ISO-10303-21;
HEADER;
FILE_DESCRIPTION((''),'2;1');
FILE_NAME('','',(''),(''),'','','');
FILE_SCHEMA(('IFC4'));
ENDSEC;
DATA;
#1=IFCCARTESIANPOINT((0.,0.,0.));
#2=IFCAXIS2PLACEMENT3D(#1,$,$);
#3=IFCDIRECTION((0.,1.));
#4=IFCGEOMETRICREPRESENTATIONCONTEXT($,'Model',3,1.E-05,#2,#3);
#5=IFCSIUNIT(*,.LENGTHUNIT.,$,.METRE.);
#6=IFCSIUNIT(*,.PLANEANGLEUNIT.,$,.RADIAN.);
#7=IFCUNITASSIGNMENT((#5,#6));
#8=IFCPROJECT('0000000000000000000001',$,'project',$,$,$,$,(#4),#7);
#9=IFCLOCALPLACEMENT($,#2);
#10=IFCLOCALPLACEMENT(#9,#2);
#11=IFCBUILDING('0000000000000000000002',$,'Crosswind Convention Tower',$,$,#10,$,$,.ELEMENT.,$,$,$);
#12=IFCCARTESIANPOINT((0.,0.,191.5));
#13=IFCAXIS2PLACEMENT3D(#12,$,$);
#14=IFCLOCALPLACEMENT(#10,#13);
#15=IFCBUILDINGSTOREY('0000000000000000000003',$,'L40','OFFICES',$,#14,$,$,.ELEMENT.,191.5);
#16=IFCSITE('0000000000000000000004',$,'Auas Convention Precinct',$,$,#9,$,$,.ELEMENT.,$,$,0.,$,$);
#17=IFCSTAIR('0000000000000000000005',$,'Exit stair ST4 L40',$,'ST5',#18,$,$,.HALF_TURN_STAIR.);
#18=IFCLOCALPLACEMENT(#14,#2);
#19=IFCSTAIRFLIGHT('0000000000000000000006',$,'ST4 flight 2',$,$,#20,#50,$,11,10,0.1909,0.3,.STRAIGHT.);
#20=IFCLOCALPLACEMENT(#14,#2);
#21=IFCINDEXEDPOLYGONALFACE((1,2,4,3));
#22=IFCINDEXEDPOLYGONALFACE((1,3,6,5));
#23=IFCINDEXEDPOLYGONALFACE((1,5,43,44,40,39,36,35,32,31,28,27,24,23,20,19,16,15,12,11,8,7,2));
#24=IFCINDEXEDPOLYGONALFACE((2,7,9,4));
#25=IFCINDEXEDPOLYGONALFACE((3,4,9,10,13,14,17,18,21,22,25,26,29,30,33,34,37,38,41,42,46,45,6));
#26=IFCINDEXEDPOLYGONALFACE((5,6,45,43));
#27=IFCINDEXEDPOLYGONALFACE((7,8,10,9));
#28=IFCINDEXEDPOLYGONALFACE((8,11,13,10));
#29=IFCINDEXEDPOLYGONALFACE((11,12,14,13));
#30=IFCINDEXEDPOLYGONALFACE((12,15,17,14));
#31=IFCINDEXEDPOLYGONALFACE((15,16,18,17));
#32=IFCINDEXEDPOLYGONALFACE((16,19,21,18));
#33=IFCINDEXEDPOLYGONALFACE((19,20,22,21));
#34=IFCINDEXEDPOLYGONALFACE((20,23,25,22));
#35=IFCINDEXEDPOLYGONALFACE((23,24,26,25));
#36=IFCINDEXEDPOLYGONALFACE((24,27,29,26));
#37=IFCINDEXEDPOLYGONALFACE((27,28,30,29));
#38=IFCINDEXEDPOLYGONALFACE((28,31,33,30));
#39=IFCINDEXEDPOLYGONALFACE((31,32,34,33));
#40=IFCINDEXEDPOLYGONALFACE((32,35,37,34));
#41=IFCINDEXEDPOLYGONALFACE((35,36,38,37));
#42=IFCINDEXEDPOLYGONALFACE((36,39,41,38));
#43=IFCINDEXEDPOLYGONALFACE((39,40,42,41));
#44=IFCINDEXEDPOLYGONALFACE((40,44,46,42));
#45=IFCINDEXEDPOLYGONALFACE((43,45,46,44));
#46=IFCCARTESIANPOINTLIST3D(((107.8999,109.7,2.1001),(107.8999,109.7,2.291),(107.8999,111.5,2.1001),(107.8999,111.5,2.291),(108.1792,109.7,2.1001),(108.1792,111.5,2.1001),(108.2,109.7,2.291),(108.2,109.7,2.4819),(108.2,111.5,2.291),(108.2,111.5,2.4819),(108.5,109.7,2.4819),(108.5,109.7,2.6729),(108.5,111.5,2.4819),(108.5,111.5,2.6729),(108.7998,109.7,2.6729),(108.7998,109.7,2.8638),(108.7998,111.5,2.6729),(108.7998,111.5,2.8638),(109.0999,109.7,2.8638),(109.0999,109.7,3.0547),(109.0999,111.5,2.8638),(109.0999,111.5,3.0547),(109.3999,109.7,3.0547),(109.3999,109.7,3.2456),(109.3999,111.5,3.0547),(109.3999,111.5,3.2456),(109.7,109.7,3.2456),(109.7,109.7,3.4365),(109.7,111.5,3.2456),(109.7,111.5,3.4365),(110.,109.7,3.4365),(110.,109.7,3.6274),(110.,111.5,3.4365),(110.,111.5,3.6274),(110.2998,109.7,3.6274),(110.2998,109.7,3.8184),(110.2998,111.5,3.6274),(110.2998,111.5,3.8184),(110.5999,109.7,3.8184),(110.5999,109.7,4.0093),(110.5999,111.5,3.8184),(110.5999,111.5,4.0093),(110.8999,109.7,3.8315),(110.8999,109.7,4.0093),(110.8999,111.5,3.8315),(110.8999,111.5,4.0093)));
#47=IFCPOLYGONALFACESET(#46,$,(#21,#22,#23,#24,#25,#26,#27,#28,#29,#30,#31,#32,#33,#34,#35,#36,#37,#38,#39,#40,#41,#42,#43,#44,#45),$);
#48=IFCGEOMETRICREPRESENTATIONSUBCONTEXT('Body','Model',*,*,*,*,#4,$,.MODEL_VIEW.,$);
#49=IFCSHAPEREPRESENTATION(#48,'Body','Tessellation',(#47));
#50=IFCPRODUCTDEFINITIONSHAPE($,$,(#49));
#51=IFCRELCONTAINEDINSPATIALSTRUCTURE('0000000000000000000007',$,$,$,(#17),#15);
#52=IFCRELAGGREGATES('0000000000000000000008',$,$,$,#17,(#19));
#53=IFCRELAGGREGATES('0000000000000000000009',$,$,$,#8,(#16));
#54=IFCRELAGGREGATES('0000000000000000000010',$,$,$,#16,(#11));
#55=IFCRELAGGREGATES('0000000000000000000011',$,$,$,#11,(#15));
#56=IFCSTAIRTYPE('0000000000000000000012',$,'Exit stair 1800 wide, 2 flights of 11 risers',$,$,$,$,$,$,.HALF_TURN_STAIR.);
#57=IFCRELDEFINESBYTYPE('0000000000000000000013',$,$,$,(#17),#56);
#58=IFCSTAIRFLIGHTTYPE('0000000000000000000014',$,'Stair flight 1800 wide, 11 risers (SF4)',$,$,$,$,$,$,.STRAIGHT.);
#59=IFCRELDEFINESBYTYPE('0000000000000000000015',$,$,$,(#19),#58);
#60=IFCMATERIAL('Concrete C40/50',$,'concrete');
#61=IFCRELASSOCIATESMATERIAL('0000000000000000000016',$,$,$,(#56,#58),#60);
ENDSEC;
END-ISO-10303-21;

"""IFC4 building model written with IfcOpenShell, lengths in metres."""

from ifc_helpers import new_model, si_unit, direction, frame, origin, place, context, subcontext, project, spatial, polyline, outline, extrude, material, type_object, element, aggregate, save


model = new_model("IFC4")

# Units and contexts
model_context = context("Model", 3, precision=1e-05, world=origin(), true_north=direction((0.0, 1.0)))
body_context = subcontext(model_context, "Body", "Model", "MODEL_VIEW")
ifc_project = project(units=[si_unit("LENGTHUNIT", "METRE"), si_unit("PLANEANGLEUNIT", "RADIAN")], contexts=[model_context])

# Site, building, storey
site_placement = place(None, origin())
site = spatial("IfcSite", under=ifc_project, at=site_placement, Name="Auas Convention Precinct", CompositionType="ELEMENT", RefElevation=0.0)
building_placement = place(site_placement, origin())
building = spatial("IfcBuilding", under=site, at=building_placement, Name="Crosswind Convention Tower", CompositionType="ELEMENT")
storey_placement = place(building_placement, frame((0.0, 0.0, 191.5)))
storey = spatial("IfcBuildingStorey", under=building, at=storey_placement, Name="L40", Description="OFFICES", CompositionType="ELEMENT", Elevation=191.5)

# Stair, stair flight
ifc_material_1 = material(Name="Concrete C40/50", Category="concrete")
stair_type = type_object("IfcStairType", Name="Exit stair 1800 wide, 2 flights of 11 risers", PredefinedType="HALF_TURN_STAIR", material=ifc_material_1)
stair_placement = place(storey_placement, origin())
stair = element("IfcStair", 1, at=stair_placement, inside=storey, type_object=stair_type, Name="Exit stair ST4 L40", ObjectType="ST5", PredefinedType="HALF_TURN_STAIR")
stair_flight_type = type_object("IfcStairFlightType", Name="Stair flight 1800 wide, 11 risers (SF4)", PredefinedType="STRAIGHT", material=ifc_material_1)
stair_flight_placement = place(storey_placement, frame((107.8999, 110.6001, 2.1001), z_axis=(0.0, 0.0, 1.0), x_axis=(1.0, 0.0, 0.0)))
stair_flight = element("IfcStairFlight", 2, at=stair_flight_placement, type_object=stair_flight_type, Name="ST4 flight 2", NumberOfRisers=11, NumberOfTreads=10, PredefinedType="STRAIGHT", RiserHeight=0.1909, TreadLength=0.3, context=body_context, shape_type="SweptSolid", body=[
    extrude(outline(polyline([(0.0, 0.0), (0.0, 0.1909), (0.3, 0.1909), (0.3, 0.3818), (0.6001, 0.3818), (0.6001, 0.5728), (0.8999, 0.5728), (0.8999, 0.7637), (1.2, 0.7637), (1.2, 0.9546), (1.5, 0.9546), (1.5, 1.1455), (1.8, 1.1455), (1.8, 1.3364), (2.1001, 1.3364), (2.1001, 1.5273), (2.3999, 1.5273), (2.3999, 1.7183), (2.7, 1.7183), (2.7, 1.9092), (3.0, 1.9092), (3.0, 2.1001), (3.0, 1.7314), (0.2793, 0.0), (0.0, 0.0)])), frame((0.0, 0.8999, 0.0), z_axis=(0.0, -1.0, 0.0), x_axis=(1.0, 0.0, 0.0)), (0.0, 0.0, 1.0), 1.8),
])
aggregate(stair, [stair_flight])

save(model, "model.ifc")
